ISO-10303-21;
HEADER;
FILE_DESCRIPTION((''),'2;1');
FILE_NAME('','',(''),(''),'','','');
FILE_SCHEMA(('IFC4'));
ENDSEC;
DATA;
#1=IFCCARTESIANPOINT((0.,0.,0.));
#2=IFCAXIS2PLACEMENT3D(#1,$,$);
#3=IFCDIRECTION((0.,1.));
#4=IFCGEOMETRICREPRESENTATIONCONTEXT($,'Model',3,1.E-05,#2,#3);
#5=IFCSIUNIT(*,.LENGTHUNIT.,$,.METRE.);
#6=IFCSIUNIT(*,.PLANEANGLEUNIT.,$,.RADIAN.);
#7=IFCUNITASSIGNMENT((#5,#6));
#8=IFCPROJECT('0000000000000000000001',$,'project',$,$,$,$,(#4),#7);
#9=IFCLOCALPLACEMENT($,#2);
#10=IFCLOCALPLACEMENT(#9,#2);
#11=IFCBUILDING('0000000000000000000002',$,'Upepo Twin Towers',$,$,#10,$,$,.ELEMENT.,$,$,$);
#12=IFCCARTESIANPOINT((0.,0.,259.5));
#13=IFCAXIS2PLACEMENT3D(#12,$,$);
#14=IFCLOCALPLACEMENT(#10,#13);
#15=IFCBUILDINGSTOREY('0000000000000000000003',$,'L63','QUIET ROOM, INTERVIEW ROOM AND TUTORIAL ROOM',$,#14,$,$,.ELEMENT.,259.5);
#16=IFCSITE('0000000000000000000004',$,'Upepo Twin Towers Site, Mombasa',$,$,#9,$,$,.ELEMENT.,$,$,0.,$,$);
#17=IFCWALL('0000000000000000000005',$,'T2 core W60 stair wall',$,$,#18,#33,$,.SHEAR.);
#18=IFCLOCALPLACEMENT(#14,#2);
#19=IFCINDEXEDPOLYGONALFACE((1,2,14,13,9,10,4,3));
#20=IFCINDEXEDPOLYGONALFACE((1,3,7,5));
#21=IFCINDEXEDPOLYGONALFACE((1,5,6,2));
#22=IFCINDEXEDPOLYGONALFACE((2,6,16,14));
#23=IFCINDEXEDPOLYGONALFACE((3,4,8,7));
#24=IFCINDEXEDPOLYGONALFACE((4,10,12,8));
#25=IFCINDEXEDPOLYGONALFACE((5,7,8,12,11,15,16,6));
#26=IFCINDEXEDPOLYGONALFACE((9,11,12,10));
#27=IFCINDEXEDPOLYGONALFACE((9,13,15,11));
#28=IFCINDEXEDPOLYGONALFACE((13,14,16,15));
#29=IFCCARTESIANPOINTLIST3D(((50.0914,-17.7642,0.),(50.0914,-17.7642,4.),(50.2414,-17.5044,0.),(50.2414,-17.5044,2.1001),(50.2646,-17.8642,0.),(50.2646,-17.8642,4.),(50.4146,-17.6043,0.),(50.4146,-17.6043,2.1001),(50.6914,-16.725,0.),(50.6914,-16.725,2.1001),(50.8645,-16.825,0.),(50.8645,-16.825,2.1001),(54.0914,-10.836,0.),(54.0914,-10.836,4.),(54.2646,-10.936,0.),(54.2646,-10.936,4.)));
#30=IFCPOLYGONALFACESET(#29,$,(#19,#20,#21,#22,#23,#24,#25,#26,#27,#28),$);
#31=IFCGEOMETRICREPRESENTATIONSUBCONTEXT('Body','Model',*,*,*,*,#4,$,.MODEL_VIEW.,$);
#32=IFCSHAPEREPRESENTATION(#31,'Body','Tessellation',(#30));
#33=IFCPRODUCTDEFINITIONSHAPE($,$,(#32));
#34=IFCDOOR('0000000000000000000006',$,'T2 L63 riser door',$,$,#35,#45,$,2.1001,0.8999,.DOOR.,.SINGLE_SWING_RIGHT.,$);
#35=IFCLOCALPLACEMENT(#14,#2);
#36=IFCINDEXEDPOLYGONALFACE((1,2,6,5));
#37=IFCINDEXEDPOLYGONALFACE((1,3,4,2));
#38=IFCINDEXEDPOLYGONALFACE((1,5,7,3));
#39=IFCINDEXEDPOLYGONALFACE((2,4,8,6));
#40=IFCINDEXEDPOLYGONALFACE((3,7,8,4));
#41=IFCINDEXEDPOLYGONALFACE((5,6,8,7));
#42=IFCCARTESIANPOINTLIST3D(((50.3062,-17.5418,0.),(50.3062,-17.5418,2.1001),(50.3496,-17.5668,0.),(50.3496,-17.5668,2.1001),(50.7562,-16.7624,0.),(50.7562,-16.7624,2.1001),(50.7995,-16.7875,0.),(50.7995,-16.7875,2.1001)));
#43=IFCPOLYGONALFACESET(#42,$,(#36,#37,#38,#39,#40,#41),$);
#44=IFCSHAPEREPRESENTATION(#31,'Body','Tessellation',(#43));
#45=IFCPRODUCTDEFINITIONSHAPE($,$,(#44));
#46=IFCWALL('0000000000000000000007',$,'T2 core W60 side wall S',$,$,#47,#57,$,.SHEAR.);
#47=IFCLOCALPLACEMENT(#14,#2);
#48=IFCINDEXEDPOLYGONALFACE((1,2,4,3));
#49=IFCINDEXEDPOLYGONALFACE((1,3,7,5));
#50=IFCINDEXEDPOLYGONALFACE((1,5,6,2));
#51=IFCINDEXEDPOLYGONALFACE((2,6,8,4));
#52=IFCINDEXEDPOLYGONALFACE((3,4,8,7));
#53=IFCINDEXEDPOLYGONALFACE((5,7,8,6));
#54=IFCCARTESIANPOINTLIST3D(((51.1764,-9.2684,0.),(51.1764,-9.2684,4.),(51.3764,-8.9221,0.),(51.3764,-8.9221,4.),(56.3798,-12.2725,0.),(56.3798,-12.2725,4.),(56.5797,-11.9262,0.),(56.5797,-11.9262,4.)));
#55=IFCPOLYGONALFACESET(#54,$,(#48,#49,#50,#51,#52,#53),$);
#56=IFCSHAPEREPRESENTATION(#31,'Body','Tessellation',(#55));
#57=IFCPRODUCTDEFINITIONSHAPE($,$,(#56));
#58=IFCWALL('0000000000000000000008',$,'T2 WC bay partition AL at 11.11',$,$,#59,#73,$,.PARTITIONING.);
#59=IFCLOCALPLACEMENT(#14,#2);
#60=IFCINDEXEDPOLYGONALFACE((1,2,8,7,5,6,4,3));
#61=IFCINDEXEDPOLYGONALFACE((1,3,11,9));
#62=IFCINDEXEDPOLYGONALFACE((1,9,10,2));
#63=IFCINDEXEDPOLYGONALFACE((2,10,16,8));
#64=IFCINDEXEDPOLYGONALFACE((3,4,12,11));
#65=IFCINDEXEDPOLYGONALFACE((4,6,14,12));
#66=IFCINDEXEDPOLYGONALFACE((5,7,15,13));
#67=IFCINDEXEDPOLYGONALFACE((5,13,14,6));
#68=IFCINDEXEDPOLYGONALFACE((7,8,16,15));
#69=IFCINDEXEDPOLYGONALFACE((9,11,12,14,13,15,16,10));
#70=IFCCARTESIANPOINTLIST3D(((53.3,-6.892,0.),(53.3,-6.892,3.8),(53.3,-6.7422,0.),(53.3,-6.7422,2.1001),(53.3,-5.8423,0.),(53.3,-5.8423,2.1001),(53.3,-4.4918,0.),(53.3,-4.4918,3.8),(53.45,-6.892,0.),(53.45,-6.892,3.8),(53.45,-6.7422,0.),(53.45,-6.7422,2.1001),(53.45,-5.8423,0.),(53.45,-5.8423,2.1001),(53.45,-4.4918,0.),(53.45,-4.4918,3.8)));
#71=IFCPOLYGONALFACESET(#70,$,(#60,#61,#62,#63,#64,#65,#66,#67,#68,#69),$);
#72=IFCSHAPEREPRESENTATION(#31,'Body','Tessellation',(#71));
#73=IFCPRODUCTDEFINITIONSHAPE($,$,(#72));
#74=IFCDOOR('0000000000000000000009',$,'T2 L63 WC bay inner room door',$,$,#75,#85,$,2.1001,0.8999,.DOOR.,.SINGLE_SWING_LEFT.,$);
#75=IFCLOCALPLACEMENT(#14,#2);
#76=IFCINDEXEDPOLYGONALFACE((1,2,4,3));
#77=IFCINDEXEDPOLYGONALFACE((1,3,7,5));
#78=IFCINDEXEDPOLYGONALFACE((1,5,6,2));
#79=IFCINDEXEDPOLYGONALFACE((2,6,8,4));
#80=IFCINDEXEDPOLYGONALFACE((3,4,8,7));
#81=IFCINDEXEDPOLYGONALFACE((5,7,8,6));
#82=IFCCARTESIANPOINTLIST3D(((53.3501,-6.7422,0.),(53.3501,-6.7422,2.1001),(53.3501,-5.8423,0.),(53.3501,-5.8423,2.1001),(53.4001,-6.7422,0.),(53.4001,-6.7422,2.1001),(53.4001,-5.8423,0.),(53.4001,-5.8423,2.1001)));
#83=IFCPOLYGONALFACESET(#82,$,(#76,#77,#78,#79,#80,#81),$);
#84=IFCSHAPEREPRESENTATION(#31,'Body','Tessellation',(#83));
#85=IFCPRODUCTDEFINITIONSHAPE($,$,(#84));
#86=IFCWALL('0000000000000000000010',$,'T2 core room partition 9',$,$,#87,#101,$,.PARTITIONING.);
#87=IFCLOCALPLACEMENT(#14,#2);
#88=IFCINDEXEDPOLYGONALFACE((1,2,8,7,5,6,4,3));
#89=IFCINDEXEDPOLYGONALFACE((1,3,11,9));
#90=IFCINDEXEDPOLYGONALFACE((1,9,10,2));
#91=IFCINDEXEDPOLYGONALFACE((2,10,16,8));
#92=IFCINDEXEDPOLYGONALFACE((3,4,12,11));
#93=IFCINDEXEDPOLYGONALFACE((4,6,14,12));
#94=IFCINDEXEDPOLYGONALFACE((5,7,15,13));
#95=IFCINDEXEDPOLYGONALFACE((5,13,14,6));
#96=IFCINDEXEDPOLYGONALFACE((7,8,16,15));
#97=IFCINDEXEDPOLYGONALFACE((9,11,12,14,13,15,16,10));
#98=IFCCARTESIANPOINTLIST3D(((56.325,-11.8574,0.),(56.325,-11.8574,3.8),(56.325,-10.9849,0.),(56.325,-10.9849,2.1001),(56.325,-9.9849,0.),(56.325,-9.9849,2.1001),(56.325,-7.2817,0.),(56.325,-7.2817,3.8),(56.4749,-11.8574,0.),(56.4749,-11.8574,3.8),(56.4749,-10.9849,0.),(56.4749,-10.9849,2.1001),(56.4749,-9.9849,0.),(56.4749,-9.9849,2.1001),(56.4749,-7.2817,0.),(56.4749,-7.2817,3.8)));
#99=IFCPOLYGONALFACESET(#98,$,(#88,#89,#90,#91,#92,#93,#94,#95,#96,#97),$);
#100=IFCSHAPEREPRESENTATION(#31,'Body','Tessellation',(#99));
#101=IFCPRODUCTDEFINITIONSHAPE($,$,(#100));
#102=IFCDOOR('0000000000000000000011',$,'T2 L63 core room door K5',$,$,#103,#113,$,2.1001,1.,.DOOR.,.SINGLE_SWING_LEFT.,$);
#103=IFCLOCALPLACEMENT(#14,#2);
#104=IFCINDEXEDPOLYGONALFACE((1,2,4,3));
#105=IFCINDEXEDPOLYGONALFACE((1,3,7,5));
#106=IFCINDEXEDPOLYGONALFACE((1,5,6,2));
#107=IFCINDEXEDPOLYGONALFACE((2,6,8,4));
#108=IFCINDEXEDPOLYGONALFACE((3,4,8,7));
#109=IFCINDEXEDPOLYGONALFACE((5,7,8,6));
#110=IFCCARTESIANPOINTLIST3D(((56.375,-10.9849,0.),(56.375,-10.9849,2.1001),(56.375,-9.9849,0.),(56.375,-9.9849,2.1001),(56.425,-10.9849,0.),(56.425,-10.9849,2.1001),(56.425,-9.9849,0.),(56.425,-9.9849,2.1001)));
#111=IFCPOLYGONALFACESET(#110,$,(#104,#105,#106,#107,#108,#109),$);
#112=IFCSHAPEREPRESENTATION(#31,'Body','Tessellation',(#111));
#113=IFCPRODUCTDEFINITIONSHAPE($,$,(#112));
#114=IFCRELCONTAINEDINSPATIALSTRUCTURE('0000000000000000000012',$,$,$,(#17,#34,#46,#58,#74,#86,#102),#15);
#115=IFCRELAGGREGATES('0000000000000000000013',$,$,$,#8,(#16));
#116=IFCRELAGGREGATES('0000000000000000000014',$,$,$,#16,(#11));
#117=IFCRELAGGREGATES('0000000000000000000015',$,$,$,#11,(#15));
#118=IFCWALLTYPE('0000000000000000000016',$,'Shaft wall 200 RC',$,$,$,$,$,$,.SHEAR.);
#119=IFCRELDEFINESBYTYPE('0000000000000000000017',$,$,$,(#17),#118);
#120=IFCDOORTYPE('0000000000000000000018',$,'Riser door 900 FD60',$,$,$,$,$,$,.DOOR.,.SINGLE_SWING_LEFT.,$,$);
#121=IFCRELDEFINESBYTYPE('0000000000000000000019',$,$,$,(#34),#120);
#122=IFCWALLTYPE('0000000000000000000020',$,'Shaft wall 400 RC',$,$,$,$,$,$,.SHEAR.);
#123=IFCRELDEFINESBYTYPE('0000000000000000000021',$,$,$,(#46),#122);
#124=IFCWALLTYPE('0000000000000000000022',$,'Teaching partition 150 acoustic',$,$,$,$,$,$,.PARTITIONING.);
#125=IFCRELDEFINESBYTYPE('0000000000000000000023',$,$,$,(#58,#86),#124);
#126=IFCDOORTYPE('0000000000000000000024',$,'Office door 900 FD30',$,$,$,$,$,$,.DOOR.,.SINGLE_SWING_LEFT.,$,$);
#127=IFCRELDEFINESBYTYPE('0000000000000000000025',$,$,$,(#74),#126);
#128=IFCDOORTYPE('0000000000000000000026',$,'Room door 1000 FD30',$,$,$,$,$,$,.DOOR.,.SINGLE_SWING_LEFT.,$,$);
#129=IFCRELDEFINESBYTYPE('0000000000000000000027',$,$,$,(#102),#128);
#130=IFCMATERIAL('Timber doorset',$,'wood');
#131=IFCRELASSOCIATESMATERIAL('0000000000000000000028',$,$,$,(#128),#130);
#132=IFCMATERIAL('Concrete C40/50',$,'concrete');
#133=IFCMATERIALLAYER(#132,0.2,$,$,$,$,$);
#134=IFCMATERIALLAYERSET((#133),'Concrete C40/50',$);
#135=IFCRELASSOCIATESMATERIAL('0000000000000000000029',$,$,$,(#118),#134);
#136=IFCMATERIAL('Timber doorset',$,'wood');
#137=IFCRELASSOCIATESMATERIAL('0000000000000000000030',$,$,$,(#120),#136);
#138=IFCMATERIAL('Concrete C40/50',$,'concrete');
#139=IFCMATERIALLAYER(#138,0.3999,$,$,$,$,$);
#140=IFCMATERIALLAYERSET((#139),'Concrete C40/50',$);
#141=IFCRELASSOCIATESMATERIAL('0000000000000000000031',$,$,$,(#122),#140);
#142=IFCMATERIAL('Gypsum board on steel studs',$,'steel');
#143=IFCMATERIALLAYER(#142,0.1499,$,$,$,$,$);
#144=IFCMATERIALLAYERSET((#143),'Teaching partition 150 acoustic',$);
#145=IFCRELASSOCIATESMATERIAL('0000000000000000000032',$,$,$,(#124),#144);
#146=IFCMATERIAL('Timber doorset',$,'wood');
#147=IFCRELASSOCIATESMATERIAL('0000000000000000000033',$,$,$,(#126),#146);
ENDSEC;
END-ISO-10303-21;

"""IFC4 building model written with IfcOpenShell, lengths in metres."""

from ifc_helpers import new_model, si_unit, direction, frame, frame_2d, origin, place, context, subcontext, project, spatial, rectangle, extrude, material, layer, layer_set, type_object, element, fill, save


model = new_model("IFC4")

# Units and contexts
model_context = context("Model", 3, precision=1e-05, world=origin(), true_north=direction((0.0, 1.0)))
body_context = subcontext(model_context, "Body", "Model", "MODEL_VIEW")
ifc_project = project(units=[si_unit("LENGTHUNIT", "METRE"), si_unit("PLANEANGLEUNIT", "RADIAN")], contexts=[model_context])

# Site, building, storey
site_placement = place(None, origin())
site = spatial("IfcSite", under=ifc_project, at=site_placement, Name="Upepo Twin Towers Site, Mombasa", CompositionType="ELEMENT", RefElevation=0.0)
building_placement = place(site_placement, origin())
building = spatial("IfcBuilding", under=site, at=building_placement, Name="Upepo Twin Towers", CompositionType="ELEMENT")
storey_placement = place(building_placement, frame((0.0, 0.0, 259.5)))
storey = spatial("IfcBuildingStorey", under=building, at=storey_placement, Name="L63", Description="QUIET ROOM, INTERVIEW ROOM AND TUTORIAL ROOM", CompositionType="ELEMENT", Elevation=259.5)

# Shared definitions
ifc_material_1 = material(Name="Timber doorset", Category="wood")
door_type_1 = type_object("IfcDoorType", Name="Room door 1000 FD30", OperationType="SINGLE_SWING_LEFT", PredefinedType="DOOR", material=ifc_material_1)

# Shared definitions
ifc_material_2 = material(Name="Concrete C40/50", Category="concrete")
ifc_layer_1 = layer(ifc_material_2, 0.2)
ifc_layer_set_1 = layer_set([ifc_layer_1], Name="Concrete C40/50")
wall_type_1 = type_object("IfcWallType", Name="Shaft wall 200 RC", PredefinedType="SHEAR", material=ifc_layer_set_1)
ifc_material_3 = material(Name="Timber doorset", Category="wood")
door_type_2 = type_object("IfcDoorType", Name="Riser door 900 FD60", OperationType="SINGLE_SWING_LEFT", PredefinedType="DOOR", material=ifc_material_3)

# Wall, opening, door
wall_1_placement = place(storey_placement, frame((54.178, -10.886, 0.0), z_axis=(0.0, 0.0, 1.0), x_axis=(-0.499999, -0.866026, 0.0)))
wall_1 = element("IfcWall", 1, at=wall_1_placement, inside=storey, type_object=wall_type_1, Name="T2 core W60 stair wall", PredefinedType="SHEAR", context=body_context, shape_type="SweptSolid", body=[
    extrude(rectangle(XDim=8.0, YDim=0.2, at=frame_2d((4.0, 0.0))), origin(), (0.0, 0.0, 1.0), 4.0),
])
opening_1_placement = place(wall_1_placement, frame((6.8, 0.0, 0.0)))
opening_1 = element("IfcOpeningElement", 2, at=opening_1_placement, cuts=wall_1, PredefinedType="OPENING", context=body_context, shape_type="SweptSolid", body=[
    extrude(rectangle(XDim=0.8999, YDim=2.1001, at=frame_2d((0.45, 1.05))), frame((0.0, 0.1099, 0.0), z_axis=(0.0, -1.0, 0.0), x_axis=(1.0, 0.0, 0.0)), (0.0, 0.0, 1.0), 0.22),
])
door_1_placement = place(opening_1_placement, origin())
door_1 = element("IfcDoor", 3, at=door_1_placement, inside=storey, type_object=door_type_2, Name="T2 L63 riser door", OperationType="SINGLE_SWING_RIGHT", OverallHeight=2.1001, OverallWidth=0.8999, PredefinedType="DOOR", context=body_context, shape_type="SweptSolid", body=[
    extrude(rectangle(XDim=0.8999, YDim=2.1001, at=frame_2d((0.45, 1.05))), frame((0.0, 0.0249, 0.0), z_axis=(0.0, -1.0, 0.0), x_axis=(1.0, 0.0, 0.0)), (0.0, 0.0, 1.0), 0.05),
])
fill(opening_1, door_1)

# Wall
ifc_material_4 = material(Name="Concrete C40/50", Category="concrete")
ifc_layer_2 = layer(ifc_material_4, 0.3999)
ifc_layer_set_2 = layer_set([ifc_layer_2], Name="Concrete C40/50")
wall_type_2 = type_object("IfcWallType", Name="Shaft wall 400 RC", PredefinedType="SHEAR", material=ifc_layer_set_2)
wall_2_placement = place(storey_placement, frame((56.4797, -12.0994, 0.0), z_axis=(0.0, 0.0, 1.0), x_axis=(-0.866027, 0.499998, 0.0)))
element("IfcWall", 4, at=wall_2_placement, inside=storey, type_object=wall_type_2, Name="T2 core W60 side wall S", PredefinedType="SHEAR", context=body_context, shape_type="SweptSolid", body=[
    extrude(rectangle(XDim=6.0083, YDim=0.3999, at=frame_2d((3.0042, 0.0))), origin(), (0.0, 0.0, 1.0), 4.0),
])

# Walls, openings, doors
ifc_material_5 = material(Name="Gypsum board on steel studs", Category="steel")
ifc_layer_3 = layer(ifc_material_5, 0.1499)
ifc_layer_set_3 = layer_set([ifc_layer_3], Name="Teaching partition 150 acoustic")
wall_type_3 = type_object("IfcWallType", Name="Teaching partition 150 acoustic", PredefinedType="PARTITIONING", material=ifc_layer_set_3)
wall_3_placement = place(storey_placement, frame((53.375, -6.8921, 0.0), z_axis=(0.0, 0.0, 1.0), x_axis=(0.0, 1.0, 0.0)))
wall_3 = element("IfcWall", 5, at=wall_3_placement, inside=storey, type_object=wall_type_3, Name="T2 WC bay partition AL at 11.11", PredefinedType="PARTITIONING", context=body_context, shape_type="SweptSolid", body=[
    extrude(rectangle(XDim=2.4001, YDim=0.1499, at=frame_2d((1.2002, 0.0))), origin(), (0.0, 0.0, 1.0), 3.8),
])
opening_2_placement = place(wall_3_placement, frame((0.1499, 0.0, 0.0)))
opening_2 = element("IfcOpeningElement", 6, at=opening_2_placement, cuts=wall_3, PredefinedType="OPENING", context=body_context, shape_type="SweptSolid", body=[
    extrude(rectangle(XDim=0.8999, YDim=2.1001, at=frame_2d((0.45, 1.05))), frame((0.0, 0.085, 0.0), z_axis=(0.0, -1.0, 0.0), x_axis=(1.0, 0.0, 0.0)), (0.0, 0.0, 1.0), 0.1699),
])
ifc_material_6 = material(Name="Timber doorset", Category="wood")
door_type_3 = type_object("IfcDoorType", Name="Office door 900 FD30", OperationType="SINGLE_SWING_LEFT", PredefinedType="DOOR", material=ifc_material_6)
door_2_placement = place(opening_2_placement, origin())
door_2 = element("IfcDoor", 7, at=door_2_placement, inside=storey, type_object=door_type_3, Name="T2 L63 WC bay inner room door", OperationType="SINGLE_SWING_LEFT", OverallHeight=2.1001, OverallWidth=0.8999, PredefinedType="DOOR", context=body_context, shape_type="SweptSolid", body=[
    extrude(rectangle(XDim=0.8999, YDim=2.1001, at=frame_2d((0.45, 1.05))), frame((0.0, 0.0249, 0.0), z_axis=(0.0, -1.0, 0.0), x_axis=(1.0, 0.0, 0.0)), (0.0, 0.0, 1.0), 0.05),
])
fill(opening_2, door_2)
wall_4_placement = place(storey_placement, frame((56.3999, -11.8574, 0.0), z_axis=(0.0, 0.0, 1.0), x_axis=(0.0, 1.0, 0.0)))
wall_4 = element("IfcWall", 8, at=wall_4_placement, inside=storey, type_object=wall_type_3, Name="T2 core room partition 9", PredefinedType="PARTITIONING", context=body_context, shape_type="SweptSolid", body=[
    extrude(rectangle(XDim=4.5757, YDim=0.1499, at=frame_2d((2.2878, 0.0))), origin(), (0.0, 0.0, 1.0), 3.8),
])
opening_3_placement = place(wall_4_placement, frame((0.8726, 0.0, 0.0)))
opening_3 = element("IfcOpeningElement", 9, at=opening_3_placement, cuts=wall_4, PredefinedType="OPENING", context=body_context, shape_type="SweptSolid", body=[
    extrude(rectangle(XDim=1.0, YDim=2.1001, at=frame_2d((0.5, 1.05))), frame((0.0, 0.085, 0.0), z_axis=(0.0, -1.0, 0.0), x_axis=(1.0, 0.0, 0.0)), (0.0, 0.0, 1.0), 0.1699),
])
door_3_placement = place(opening_3_placement, origin())
door_3 = element("IfcDoor", 10, at=door_3_placement, inside=storey, type_object=door_type_1, Name="T2 L63 core room door K5", OperationType="SINGLE_SWING_LEFT", OverallHeight=2.1001, OverallWidth=1.0, PredefinedType="DOOR", context=body_context, shape_type="SweptSolid", body=[
    extrude(rectangle(XDim=1.0, YDim=2.1001, at=frame_2d((0.5, 1.05))), frame((0.0, 0.0249, 0.0), z_axis=(0.0, -1.0, 0.0), x_axis=(1.0, 0.0, 0.0)), (0.0, 0.0, 1.0), 0.05),
])
fill(opening_3, door_3)

save(model, "model.ifc")
